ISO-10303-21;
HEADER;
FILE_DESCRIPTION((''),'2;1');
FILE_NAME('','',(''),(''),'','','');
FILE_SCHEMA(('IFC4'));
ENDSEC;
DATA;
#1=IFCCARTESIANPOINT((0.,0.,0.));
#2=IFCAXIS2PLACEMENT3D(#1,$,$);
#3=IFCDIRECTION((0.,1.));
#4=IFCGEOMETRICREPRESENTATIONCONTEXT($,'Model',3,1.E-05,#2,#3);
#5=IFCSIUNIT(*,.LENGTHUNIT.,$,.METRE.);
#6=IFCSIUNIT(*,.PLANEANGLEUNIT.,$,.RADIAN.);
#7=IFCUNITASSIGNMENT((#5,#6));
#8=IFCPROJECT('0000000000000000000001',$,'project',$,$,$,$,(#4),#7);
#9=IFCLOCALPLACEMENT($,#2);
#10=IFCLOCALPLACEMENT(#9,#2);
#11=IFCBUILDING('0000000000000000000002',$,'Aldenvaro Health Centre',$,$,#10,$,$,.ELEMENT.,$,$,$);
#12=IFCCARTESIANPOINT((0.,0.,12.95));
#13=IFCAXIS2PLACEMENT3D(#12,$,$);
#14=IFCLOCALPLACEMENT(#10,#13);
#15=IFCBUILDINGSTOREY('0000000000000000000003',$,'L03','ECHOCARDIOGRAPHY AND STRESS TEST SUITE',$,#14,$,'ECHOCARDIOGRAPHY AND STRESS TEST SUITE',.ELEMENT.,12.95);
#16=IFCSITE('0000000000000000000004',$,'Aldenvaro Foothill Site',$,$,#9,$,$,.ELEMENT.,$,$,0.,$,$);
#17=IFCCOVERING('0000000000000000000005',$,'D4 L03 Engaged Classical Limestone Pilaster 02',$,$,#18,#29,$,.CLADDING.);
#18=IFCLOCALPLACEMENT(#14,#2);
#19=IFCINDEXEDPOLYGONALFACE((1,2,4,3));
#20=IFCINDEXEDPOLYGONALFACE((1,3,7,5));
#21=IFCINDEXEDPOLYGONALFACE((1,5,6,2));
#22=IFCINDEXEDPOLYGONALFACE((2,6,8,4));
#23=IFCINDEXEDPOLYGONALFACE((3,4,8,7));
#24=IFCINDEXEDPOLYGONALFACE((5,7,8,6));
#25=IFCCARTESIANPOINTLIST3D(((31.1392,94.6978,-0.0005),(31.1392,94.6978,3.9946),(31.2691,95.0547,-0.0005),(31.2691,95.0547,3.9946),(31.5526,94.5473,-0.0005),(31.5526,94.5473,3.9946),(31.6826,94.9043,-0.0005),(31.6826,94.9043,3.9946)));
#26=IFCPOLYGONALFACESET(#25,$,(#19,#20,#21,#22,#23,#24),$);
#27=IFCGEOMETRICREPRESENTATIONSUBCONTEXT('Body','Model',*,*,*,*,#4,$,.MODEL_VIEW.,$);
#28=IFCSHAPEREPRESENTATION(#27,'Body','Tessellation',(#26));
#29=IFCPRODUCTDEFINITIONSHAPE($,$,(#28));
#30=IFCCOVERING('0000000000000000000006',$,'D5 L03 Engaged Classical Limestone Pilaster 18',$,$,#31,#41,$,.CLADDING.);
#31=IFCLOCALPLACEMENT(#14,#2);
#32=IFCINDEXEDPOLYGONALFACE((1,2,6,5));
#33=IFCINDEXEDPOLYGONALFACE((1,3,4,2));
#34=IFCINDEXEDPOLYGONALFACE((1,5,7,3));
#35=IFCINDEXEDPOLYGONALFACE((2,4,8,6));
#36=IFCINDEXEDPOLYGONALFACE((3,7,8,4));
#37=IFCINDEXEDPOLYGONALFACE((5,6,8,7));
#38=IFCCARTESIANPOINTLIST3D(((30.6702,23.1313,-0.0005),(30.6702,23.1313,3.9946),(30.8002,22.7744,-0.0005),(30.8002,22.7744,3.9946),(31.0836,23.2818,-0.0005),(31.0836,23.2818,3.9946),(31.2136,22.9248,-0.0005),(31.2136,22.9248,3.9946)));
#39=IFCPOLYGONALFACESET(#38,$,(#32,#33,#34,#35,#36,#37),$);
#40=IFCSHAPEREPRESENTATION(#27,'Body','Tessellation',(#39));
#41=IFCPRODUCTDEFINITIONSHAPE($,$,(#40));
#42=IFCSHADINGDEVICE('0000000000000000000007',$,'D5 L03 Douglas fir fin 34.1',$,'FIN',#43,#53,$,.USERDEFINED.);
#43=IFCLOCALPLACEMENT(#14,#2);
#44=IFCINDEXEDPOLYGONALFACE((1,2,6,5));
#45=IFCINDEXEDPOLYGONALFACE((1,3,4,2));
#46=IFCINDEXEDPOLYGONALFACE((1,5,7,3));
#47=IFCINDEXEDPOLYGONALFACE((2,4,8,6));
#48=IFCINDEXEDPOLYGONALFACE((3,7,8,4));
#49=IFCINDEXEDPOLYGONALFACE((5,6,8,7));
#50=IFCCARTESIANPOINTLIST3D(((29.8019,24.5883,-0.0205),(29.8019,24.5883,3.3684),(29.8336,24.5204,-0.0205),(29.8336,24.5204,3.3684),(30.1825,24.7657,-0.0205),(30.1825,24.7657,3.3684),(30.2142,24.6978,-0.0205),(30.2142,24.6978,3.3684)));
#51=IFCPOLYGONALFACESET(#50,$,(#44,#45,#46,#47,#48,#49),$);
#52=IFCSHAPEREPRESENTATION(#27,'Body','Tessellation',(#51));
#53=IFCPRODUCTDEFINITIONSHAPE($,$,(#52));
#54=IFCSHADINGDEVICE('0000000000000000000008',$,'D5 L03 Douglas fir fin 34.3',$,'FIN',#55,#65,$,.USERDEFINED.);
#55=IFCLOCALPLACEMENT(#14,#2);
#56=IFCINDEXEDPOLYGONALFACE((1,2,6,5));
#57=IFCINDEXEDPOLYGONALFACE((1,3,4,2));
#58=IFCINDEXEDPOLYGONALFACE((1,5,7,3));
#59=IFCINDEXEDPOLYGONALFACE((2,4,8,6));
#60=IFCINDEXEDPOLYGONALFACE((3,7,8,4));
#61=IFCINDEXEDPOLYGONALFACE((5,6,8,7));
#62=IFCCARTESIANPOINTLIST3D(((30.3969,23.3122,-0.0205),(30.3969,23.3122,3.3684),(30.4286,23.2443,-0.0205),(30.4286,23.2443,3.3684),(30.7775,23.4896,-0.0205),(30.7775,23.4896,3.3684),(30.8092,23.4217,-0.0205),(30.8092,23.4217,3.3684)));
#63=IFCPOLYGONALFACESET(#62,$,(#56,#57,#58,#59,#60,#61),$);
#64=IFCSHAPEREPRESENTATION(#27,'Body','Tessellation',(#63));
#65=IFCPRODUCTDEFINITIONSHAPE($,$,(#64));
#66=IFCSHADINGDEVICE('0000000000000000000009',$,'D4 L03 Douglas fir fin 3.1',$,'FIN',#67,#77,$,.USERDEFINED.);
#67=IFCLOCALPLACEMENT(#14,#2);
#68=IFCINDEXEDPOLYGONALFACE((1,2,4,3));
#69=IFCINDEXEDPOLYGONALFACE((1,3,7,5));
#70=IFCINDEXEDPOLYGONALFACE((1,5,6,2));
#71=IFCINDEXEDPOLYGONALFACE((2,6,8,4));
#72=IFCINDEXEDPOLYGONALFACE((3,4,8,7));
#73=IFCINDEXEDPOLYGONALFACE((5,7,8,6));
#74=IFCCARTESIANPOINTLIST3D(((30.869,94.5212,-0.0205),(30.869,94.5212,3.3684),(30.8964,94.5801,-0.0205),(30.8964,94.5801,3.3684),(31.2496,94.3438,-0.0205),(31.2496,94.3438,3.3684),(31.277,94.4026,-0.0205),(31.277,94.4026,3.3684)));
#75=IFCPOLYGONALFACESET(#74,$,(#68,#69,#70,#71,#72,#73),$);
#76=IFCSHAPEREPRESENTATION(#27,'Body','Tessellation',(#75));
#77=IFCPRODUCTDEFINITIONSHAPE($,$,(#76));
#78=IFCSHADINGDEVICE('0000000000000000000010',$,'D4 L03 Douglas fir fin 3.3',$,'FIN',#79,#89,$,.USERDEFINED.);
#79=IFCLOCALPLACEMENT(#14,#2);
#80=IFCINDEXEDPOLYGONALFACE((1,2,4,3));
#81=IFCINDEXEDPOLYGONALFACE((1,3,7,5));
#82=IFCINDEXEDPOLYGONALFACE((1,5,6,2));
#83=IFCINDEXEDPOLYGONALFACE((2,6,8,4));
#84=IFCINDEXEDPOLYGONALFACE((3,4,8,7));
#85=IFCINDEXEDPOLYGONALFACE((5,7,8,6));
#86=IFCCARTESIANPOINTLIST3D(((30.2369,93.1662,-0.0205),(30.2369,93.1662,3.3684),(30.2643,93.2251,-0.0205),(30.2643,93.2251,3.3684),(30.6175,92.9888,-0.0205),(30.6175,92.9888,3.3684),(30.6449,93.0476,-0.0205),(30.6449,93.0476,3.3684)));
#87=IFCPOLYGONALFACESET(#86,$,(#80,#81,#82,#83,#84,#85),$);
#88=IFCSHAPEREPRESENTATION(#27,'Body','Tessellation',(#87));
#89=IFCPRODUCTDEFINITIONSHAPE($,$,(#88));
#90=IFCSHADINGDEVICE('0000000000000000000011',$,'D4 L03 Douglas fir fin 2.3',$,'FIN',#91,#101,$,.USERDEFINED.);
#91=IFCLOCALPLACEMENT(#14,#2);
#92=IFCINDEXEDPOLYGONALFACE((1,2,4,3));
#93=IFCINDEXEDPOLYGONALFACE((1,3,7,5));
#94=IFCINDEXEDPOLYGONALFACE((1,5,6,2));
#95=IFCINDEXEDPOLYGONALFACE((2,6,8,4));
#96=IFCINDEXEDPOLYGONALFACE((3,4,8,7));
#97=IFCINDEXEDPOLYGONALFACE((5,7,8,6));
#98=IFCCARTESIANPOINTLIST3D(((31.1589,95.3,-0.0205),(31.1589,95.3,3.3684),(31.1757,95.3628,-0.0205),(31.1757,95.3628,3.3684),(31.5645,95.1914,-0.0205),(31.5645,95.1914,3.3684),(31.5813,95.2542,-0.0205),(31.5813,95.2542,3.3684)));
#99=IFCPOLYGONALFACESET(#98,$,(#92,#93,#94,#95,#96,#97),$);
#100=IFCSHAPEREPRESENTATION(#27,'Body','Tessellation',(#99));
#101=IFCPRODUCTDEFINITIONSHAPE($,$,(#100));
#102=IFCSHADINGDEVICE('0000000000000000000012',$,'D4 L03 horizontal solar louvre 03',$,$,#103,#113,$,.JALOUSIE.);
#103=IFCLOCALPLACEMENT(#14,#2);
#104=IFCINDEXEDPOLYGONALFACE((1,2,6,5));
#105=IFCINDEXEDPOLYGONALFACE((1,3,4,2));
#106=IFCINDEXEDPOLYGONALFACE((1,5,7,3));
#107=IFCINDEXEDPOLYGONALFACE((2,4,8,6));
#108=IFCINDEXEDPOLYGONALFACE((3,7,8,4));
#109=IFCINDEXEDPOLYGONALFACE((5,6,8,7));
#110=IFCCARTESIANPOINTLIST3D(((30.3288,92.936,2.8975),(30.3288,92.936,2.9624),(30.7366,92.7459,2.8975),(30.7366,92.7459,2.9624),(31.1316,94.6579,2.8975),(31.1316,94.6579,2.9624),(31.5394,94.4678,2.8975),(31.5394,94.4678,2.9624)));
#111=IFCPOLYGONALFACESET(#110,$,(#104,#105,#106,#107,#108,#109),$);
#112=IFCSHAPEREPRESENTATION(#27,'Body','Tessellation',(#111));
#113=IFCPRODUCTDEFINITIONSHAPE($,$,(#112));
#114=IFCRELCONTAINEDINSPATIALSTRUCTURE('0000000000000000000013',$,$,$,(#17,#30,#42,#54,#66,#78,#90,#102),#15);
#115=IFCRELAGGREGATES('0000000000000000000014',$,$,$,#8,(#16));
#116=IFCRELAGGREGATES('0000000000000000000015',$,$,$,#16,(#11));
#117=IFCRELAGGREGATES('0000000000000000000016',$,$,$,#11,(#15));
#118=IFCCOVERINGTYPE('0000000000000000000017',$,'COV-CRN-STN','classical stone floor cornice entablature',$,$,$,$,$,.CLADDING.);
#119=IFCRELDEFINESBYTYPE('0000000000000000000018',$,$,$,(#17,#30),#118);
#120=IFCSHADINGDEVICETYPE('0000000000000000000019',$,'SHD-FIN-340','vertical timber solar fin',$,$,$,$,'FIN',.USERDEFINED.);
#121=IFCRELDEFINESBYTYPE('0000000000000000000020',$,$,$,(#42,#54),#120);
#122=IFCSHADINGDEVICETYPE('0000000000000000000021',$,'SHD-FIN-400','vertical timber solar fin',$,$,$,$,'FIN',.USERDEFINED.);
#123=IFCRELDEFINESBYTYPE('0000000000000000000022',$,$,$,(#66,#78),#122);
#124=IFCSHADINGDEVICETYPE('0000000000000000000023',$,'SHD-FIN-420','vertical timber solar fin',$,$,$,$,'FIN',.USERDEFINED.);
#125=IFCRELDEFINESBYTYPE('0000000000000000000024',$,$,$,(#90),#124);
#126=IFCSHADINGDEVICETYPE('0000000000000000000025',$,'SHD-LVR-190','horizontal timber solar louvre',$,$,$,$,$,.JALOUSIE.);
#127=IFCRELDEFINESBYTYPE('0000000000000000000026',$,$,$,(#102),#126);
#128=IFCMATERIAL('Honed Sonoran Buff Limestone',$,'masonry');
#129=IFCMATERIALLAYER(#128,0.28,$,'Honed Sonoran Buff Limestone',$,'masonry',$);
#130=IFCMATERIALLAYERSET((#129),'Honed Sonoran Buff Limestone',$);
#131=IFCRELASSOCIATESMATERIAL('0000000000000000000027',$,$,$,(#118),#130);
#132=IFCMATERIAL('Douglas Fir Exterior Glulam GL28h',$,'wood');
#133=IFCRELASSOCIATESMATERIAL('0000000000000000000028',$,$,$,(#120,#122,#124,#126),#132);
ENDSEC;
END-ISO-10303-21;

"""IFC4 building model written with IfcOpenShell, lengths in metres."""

from ifc_helpers import new_model, si_unit, direction, frame, origin, origin_2d, place, context, subcontext, project, spatial, rectangle, extrude, material, layer, layer_set, type_object, element, save


model = new_model("IFC4")

# Units and contexts
model_context = context("Model", 3, precision=1e-05, world=origin(), true_north=direction((0.0, 1.0)))
body_context = subcontext(model_context, "Body", "Model", "MODEL_VIEW")
ifc_project = project(units=[si_unit("LENGTHUNIT", "METRE"), si_unit("PLANEANGLEUNIT", "RADIAN")], contexts=[model_context])

# Site, building, storey
site_placement = place(None, origin())
site = spatial("IfcSite", under=ifc_project, at=site_placement, Name="Aldenvaro Foothill Site", CompositionType="ELEMENT", RefElevation=0.0)
building_placement = place(site_placement, origin())
building = spatial("IfcBuilding", under=site, at=building_placement, Name="Aldenvaro Health Centre", CompositionType="ELEMENT")
storey_placement = place(building_placement, frame((0.0, 0.0, 12.95)))
storey = spatial("IfcBuildingStorey", under=building, at=storey_placement, Name="L03", Description="ECHOCARDIOGRAPHY AND STRESS TEST SUITE", LongName="ECHOCARDIOGRAPHY AND STRESS TEST SUITE", CompositionType="ELEMENT", Elevation=12.95)

# Coverings
ifc_material_1 = material(Name="Honed Sonoran Buff Limestone", Category="masonry")
ifc_layer_1 = layer(ifc_material_1, 0.28, Name="Honed Sonoran Buff Limestone", Category="masonry")
ifc_layer_set_1 = layer_set([ifc_layer_1], Name="Honed Sonoran Buff Limestone")
covering_type = type_object("IfcCoveringType", Name="COV-CRN-STN", Description="classical stone floor cornice entablature", PredefinedType="CLADDING", material=ifc_layer_set_1)
for number, where, z_axis, x_axis, name in (
    (1, (31.4109, 94.801, -0.0005), (0.0, 0.0, 1.0), (0.939695, -0.342013, 0.0), "D4 L03 Engaged Classical Limestone Pilaster 02"),
    (2, (30.9419, 23.0281, -0.0005), (0.0, 0.0, 1.0), (0.939694, 0.342017, 0.0), "D5 L03 Engaged Classical Limestone Pilaster 18"),
):
    element("IfcCovering", number, at=place(storey_placement, frame(where, z_axis=z_axis, x_axis=x_axis)), inside=storey, type_object=covering_type, Name=name, PredefinedType="CLADDING", context=body_context, shape_type="SweptSolid", body=[
        extrude(rectangle(XDim=0.4399, YDim=0.3799, at=origin_2d()), origin(), (0.0, 0.0, 1.0), 3.9951),
    ])

# Shading devices
ifc_material_2 = material(Name="Douglas Fir Exterior Glulam GL28h", Category="wood")
shading_device_type_1 = type_object("IfcShadingDeviceType", Name="SHD-FIN-340", Description="vertical timber solar fin", ElementType="FIN", PredefinedType="USERDEFINED", material=ifc_material_2)
for number, where, z_axis, x_axis, name in (
    (3, (30.0081, 24.6431, -0.0205), (0.0, 0.0, 1.0), (0.422496, -0.906365, 0.0), "D5 L03 Douglas fir fin 34.1"),
    (4, (30.603, 23.3669, -0.0205), (0.0, 0.0, 1.0), (0.422496, -0.906365, 0.0), "D5 L03 Douglas fir fin 34.3"),
):
    element("IfcShadingDevice", number, at=place(storey_placement, frame(where, z_axis=z_axis, x_axis=x_axis)), inside=storey, type_object=shading_device_type_1, Name=name, ObjectType="FIN", PredefinedType="USERDEFINED", context=body_context, shape_type="SweptSolid", body=[
        extrude(rectangle(XDim=0.075, YDim=0.4199, at=origin_2d()), origin(), (0.0, 0.0, 1.0), 3.3889),
    ])
shading_device_type_2 = type_object("IfcShadingDeviceType", Name="SHD-FIN-400", Description="vertical timber solar fin", ElementType="FIN", PredefinedType="USERDEFINED", material=ifc_material_2)
for number, where, z_axis, x_axis, name in (
    (5, (31.073, 94.4619, -0.0205), (0.0, 0.0, 1.0), (-0.422557, -0.906336, 0.0), "D4 L03 Douglas fir fin 3.1"),
    (6, (30.4409, 93.1069, -0.0205), (0.0, 0.0, 1.0), (-0.422557, -0.906336, 0.0), "D4 L03 Douglas fir fin 3.3"),
):
    element("IfcShadingDevice", number, at=place(storey_placement, frame(where, z_axis=z_axis, x_axis=x_axis)), inside=storey, type_object=shading_device_type_2, Name=name, ObjectType="FIN", PredefinedType="USERDEFINED", context=body_context, shape_type="SweptSolid", body=[
        extrude(rectangle(XDim=0.0649, YDim=0.4199, at=origin_2d()), origin(), (0.0, 0.0, 1.0), 3.3889),
    ])
shading_device_type_3 = type_object("IfcShadingDeviceType", Name="SHD-FIN-420", Description="vertical timber solar fin", ElementType="FIN", PredefinedType="USERDEFINED", material=ifc_material_2)
shading_device_1_placement = place(storey_placement, frame((31.3701, 95.2771, -0.0205), z_axis=(0.0, 0.0, 1.0), x_axis=(-0.258622, -0.965979, 0.0)))
element("IfcShadingDevice", 7, at=shading_device_1_placement, inside=storey, type_object=shading_device_type_3, Name="D4 L03 Douglas fir fin 2.3", ObjectType="FIN", PredefinedType="USERDEFINED", context=body_context, shape_type="SweptSolid", body=[
    extrude(rectangle(XDim=0.0649, YDim=0.4199, at=origin_2d()), origin(), (0.0, 0.0, 1.0), 3.3889),
])
shading_device_type_4 = type_object("IfcShadingDeviceType", Name="SHD-LVR-190", Description="horizontal timber solar louvre", PredefinedType="JALOUSIE", material=ifc_material_2)
shading_device_2_placement = place(storey_placement, frame((30.9341, 93.7019, 2.8975), z_axis=(0.0, 0.0, 1.0), x_axis=(-0.422557, -0.906336, 0.0)))
element("IfcShadingDevice", 8, at=shading_device_2_placement, inside=storey, type_object=shading_device_type_4, Name="D4 L03 horizontal solar louvre 03", PredefinedType="JALOUSIE", context=body_context, shape_type="SweptSolid", body=[
    extrude(rectangle(XDim=1.8999, YDim=0.45, at=origin_2d()), origin(), (0.0, 0.0, 1.0), 0.0649),
])

save(model, "model.ifc")
